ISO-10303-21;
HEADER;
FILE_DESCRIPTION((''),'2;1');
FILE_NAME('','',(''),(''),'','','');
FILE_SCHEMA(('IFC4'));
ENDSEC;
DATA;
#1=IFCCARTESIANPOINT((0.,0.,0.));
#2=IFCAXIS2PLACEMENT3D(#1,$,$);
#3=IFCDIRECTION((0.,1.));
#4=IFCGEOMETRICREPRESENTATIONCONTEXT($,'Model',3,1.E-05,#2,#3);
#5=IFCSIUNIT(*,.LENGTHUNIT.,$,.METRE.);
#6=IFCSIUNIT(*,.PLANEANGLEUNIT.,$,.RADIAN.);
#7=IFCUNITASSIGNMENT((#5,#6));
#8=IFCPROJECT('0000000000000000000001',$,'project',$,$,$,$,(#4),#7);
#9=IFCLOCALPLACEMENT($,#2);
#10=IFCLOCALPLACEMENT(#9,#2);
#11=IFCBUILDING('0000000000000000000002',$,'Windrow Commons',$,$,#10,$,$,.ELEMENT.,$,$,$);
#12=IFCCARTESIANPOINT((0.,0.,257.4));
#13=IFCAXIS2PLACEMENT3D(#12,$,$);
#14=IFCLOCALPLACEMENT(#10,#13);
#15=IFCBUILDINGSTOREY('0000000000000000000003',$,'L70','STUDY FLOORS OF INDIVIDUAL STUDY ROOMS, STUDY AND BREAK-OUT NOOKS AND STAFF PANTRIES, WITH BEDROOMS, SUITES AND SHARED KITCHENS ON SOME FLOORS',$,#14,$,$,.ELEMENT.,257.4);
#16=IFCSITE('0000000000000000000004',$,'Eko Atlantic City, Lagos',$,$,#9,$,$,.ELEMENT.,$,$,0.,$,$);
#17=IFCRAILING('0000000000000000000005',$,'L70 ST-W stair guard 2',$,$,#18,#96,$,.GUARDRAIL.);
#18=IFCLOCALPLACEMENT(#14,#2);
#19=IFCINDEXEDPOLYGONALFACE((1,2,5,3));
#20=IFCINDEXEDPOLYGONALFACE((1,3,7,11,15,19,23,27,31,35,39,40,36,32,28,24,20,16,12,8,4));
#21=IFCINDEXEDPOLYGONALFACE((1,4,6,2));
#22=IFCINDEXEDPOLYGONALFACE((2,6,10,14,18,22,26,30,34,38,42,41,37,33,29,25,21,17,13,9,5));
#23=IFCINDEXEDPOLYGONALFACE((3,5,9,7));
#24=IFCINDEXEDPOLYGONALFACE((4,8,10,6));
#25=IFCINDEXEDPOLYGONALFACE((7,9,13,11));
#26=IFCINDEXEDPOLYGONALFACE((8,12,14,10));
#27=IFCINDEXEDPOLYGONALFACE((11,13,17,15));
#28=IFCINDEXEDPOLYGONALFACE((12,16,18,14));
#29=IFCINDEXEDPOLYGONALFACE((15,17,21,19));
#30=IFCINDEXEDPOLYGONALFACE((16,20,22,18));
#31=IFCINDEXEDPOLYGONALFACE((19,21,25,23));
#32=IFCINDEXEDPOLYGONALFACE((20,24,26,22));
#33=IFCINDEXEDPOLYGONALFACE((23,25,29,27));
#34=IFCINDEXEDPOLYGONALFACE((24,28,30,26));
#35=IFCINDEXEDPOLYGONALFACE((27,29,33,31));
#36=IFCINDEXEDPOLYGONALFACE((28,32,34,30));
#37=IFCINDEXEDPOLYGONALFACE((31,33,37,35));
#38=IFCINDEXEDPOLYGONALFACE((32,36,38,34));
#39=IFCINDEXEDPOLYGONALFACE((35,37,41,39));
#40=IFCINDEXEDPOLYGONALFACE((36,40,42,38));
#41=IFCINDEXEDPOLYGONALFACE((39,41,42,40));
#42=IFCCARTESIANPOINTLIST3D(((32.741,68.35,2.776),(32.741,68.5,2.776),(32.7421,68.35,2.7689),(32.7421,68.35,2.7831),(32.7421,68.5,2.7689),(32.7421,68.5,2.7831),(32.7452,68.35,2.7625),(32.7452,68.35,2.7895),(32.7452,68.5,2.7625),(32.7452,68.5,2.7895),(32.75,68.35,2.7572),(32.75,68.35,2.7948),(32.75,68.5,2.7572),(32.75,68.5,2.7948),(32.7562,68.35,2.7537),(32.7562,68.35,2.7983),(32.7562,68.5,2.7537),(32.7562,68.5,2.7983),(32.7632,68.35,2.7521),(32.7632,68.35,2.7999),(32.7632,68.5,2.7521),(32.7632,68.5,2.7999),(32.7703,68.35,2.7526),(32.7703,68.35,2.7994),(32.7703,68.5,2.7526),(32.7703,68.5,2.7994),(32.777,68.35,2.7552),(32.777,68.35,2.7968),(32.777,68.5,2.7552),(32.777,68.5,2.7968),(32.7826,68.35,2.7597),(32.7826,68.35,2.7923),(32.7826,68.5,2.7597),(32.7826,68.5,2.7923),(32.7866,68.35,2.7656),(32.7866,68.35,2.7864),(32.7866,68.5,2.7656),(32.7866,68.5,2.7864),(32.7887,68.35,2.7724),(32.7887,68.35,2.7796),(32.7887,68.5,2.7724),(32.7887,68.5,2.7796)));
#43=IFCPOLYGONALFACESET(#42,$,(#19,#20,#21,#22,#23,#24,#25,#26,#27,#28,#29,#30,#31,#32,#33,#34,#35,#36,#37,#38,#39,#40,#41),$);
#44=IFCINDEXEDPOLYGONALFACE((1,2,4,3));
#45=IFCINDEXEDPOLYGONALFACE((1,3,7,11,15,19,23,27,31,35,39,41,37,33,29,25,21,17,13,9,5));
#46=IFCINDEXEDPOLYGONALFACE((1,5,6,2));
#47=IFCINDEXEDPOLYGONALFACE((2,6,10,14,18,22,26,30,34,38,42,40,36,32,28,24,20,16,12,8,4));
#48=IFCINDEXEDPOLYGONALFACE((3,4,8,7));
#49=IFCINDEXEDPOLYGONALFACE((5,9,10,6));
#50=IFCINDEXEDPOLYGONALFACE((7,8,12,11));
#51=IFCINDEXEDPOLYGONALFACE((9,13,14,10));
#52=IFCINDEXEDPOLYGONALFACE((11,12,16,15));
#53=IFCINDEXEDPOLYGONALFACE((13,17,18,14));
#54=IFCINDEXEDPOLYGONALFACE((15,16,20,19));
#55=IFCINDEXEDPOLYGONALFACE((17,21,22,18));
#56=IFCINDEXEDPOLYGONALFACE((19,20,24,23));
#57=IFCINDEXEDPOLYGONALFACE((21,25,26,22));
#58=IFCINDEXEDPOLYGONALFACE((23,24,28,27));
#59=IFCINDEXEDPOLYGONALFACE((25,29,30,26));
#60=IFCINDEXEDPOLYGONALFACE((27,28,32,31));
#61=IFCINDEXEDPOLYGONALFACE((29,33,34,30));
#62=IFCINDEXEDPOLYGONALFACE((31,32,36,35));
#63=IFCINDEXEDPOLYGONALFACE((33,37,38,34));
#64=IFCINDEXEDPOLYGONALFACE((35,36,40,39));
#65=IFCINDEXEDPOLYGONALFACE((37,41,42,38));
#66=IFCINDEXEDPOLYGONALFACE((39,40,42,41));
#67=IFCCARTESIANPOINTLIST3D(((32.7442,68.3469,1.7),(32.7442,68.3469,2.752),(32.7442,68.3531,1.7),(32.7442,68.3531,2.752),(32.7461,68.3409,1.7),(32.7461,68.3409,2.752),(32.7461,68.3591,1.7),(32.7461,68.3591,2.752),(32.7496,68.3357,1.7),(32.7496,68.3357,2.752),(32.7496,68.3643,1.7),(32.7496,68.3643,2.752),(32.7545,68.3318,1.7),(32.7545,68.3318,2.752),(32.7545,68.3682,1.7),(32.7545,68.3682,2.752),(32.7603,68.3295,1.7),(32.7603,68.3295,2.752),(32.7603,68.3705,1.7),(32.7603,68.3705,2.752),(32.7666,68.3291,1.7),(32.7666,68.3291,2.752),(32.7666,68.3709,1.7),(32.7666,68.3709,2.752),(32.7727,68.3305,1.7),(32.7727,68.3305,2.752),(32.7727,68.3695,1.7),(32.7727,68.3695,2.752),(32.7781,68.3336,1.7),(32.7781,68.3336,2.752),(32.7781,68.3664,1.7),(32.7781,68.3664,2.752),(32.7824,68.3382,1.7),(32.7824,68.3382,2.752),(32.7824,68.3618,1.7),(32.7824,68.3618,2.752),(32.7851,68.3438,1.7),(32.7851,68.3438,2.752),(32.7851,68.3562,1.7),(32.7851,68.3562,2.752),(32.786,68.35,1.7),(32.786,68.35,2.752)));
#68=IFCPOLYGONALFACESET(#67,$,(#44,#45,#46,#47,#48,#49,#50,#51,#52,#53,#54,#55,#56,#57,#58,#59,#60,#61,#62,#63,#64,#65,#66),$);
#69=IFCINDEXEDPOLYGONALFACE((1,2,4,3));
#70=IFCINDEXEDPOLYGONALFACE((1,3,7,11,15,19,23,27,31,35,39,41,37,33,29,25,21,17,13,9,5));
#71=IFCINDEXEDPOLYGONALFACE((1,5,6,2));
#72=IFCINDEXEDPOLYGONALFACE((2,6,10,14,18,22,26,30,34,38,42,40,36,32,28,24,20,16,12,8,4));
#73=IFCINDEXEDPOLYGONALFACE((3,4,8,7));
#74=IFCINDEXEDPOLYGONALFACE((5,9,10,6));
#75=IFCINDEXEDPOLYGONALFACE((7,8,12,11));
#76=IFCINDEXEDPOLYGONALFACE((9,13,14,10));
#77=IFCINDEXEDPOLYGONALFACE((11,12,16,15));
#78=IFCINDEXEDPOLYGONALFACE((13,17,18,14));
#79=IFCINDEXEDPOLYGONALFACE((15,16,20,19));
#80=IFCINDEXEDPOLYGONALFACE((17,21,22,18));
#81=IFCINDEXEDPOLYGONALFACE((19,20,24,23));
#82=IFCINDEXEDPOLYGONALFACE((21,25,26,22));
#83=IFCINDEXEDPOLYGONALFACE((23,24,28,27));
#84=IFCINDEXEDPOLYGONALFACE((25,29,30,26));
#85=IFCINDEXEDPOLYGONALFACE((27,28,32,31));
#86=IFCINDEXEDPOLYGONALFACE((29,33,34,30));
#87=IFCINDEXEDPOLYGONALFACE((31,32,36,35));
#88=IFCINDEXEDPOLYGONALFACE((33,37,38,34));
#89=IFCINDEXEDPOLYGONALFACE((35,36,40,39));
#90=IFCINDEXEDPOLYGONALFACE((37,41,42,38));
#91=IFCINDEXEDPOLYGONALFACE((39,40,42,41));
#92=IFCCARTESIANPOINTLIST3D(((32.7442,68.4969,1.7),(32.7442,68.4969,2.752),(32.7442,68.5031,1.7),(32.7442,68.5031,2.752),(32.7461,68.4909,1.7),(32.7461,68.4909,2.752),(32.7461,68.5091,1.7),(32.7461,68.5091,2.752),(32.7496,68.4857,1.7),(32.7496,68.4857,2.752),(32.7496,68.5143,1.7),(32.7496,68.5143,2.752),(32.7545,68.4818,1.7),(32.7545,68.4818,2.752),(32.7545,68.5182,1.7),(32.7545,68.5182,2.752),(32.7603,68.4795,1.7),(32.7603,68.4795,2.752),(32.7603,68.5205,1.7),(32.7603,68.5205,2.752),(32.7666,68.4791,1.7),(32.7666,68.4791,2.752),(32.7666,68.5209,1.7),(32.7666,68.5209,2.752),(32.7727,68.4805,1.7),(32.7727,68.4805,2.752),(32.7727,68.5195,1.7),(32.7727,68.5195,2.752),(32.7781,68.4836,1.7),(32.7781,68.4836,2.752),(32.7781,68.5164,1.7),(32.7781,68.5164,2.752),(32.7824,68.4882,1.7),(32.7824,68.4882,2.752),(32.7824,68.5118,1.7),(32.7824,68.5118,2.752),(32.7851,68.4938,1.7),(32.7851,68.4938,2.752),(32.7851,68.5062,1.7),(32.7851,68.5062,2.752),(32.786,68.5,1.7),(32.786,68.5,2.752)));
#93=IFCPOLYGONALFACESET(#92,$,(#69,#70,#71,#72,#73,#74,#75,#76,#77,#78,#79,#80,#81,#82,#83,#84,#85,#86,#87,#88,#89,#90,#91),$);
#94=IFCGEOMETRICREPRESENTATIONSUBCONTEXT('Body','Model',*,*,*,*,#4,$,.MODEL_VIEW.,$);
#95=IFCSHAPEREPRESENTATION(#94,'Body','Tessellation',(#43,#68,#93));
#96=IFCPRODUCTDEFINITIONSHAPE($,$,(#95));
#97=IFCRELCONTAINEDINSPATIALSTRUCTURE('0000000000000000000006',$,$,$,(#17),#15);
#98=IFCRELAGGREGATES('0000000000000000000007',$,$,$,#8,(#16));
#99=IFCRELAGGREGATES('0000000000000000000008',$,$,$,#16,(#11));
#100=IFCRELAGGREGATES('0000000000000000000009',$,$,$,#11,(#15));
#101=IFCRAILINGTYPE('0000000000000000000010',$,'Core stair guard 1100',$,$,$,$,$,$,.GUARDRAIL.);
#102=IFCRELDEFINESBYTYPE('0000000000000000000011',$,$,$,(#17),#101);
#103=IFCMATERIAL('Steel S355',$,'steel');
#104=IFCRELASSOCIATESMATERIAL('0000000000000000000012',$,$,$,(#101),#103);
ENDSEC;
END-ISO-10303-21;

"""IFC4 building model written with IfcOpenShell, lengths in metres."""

from ifc_helpers import new_model, si_unit, direction, frame, origin, origin_2d, place, context, subcontext, project, spatial, circle, extrude, material, type_object, element, save


model = new_model("IFC4")

# Units and contexts
model_context = context("Model", 3, precision=1e-05, world=origin(), true_north=direction((0.0, 1.0)))
body_context = subcontext(model_context, "Body", "Model", "MODEL_VIEW")
ifc_project = project(units=[si_unit("LENGTHUNIT", "METRE"), si_unit("PLANEANGLEUNIT", "RADIAN")], contexts=[model_context])

# Site, building, storey
site_placement = place(None, origin())
site = spatial("IfcSite", under=ifc_project, at=site_placement, Name="Eko Atlantic City, Lagos", CompositionType="ELEMENT", RefElevation=0.0)
building_placement = place(site_placement, origin())
building = spatial("IfcBuilding", under=site, at=building_placement, Name="Windrow Commons", CompositionType="ELEMENT")
storey_placement = place(building_placement, frame((0.0, 0.0, 257.4)))
storey = spatial("IfcBuildingStorey", under=building, at=storey_placement, Name="L70", Description="STUDY FLOORS OF INDIVIDUAL STUDY ROOMS, STUDY AND BREAK-OUT NOOKS AND STAFF PANTRIES, WITH BEDROOMS, SUITES AND SHARED KITCHENS ON SOME FLOORS", CompositionType="ELEMENT", Elevation=257.4)

# Railing
ifc_material_1 = material(Name="Steel S355", Category="steel")
railing_type_1 = type_object("IfcRailingType", Name="Core stair guard 1100", PredefinedType="GUARDRAIL", material=ifc_material_1)
railing_1_placement = place(storey_placement, frame((32.765, 68.35, 1.7)))
element("IfcRailing", 1, at=railing_1_placement, inside=storey, type_object=railing_type_1, Name="L70 ST-W stair guard 2", PredefinedType="GUARDRAIL", context=body_context, shape_type="SweptSolid", body=[
    extrude(circle(Radius=0.024, at=origin_2d()), frame((0.0, 0.0, 1.076), z_axis=(0.0, 1.0, 0.0), x_axis=(-1.0, 0.0, 0.0)), (0.0, 0.0, 1.0), 0.15),
    extrude(circle(Radius=0.021, at=origin_2d()), origin(), (0.0, 0.0, 1.0), 1.052),
    extrude(circle(Radius=0.021, at=origin_2d()), frame((0.0, 0.15, 0.0)), (0.0, 0.0, 1.0), 1.052),
])

save(model, "model.ifc")
